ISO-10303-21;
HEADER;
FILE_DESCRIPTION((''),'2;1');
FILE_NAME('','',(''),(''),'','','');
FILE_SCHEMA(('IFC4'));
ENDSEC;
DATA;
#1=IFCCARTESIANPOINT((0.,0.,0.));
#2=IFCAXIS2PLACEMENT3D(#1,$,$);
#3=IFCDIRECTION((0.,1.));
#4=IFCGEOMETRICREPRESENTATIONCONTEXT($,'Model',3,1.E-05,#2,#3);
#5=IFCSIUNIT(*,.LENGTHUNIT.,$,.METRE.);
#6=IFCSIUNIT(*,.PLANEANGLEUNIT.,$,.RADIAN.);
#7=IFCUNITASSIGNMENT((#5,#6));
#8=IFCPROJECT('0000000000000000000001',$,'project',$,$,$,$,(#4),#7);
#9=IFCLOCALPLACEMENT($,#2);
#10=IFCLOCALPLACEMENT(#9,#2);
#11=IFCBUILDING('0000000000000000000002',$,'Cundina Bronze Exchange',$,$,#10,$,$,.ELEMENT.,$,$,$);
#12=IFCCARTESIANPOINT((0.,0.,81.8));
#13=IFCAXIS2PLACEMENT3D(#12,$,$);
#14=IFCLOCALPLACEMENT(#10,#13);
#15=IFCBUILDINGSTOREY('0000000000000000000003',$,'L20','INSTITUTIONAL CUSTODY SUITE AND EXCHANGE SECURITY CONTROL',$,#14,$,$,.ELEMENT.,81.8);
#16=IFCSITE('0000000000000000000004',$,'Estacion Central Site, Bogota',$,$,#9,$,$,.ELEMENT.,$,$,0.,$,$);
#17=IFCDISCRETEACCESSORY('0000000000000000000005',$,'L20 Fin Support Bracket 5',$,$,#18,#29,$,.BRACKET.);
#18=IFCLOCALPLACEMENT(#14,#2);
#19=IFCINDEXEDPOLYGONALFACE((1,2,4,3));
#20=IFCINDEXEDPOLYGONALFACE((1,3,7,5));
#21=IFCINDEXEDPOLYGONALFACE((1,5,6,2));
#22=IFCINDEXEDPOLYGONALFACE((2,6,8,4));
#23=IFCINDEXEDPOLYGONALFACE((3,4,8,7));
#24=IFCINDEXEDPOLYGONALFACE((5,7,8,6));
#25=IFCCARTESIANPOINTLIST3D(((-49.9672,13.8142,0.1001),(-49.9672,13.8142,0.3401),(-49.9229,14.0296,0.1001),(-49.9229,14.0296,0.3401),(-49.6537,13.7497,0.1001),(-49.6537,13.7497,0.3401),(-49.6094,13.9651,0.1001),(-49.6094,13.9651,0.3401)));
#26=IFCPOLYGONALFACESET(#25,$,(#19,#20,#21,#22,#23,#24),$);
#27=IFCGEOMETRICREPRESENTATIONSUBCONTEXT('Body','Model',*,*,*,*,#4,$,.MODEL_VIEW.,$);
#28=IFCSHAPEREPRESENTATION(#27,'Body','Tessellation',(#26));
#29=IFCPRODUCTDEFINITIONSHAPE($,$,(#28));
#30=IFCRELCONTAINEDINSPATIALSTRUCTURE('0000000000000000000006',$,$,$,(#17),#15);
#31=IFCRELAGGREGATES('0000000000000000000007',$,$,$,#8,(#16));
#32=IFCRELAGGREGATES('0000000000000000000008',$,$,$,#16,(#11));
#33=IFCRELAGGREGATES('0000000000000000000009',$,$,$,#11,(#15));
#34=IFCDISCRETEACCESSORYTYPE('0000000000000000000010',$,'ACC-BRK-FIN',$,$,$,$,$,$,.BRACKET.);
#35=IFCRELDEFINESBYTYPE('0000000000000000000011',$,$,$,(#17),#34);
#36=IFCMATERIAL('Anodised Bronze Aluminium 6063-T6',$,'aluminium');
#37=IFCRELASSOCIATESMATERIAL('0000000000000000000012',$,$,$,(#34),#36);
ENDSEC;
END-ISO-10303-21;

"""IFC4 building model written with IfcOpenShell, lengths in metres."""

from ifc_helpers import new_model, si_unit, direction, frame, origin, origin_2d, place, context, subcontext, project, spatial, rectangle, extrude, material, type_object, element, save


model = new_model("IFC4")

# Units and contexts
model_context = context("Model", 3, precision=1e-05, world=origin(), true_north=direction((0.0, 1.0)))
body_context = subcontext(model_context, "Body", "Model", "MODEL_VIEW")
ifc_project = project(units=[si_unit("LENGTHUNIT", "METRE"), si_unit("PLANEANGLEUNIT", "RADIAN")], contexts=[model_context])

# Site, building, storey
site_placement = place(None, origin())
site = spatial("IfcSite", under=ifc_project, at=site_placement, Name="Estacion Central Site, Bogota", CompositionType="ELEMENT", RefElevation=0.0)
building_placement = place(site_placement, origin())
building = spatial("IfcBuilding", under=site, at=building_placement, Name="Cundina Bronze Exchange", CompositionType="ELEMENT")
storey_placement = place(building_placement, frame((0.0, 0.0, 81.8)))
storey = spatial("IfcBuildingStorey", under=building, at=storey_placement, Name="L20", Description="INSTITUTIONAL CUSTODY SUITE AND EXCHANGE SECURITY CONTROL", CompositionType="ELEMENT", Elevation=81.8)

# Shared definitions
ifc_material_1 = material(Name="Anodised Bronze Aluminium 6063-T6", Category="aluminium")

# Discrete accessory
discrete_accessory_type = type_object("IfcDiscreteAccessoryType", Name="ACC-BRK-FIN", PredefinedType="BRACKET", material=ifc_material_1)
discrete_accessory_placement = place(storey_placement, frame((-49.7883, 13.8896, 0.1001), z_axis=(0.0, 0.0, 1.0), x_axis=(-0.20142, -0.979505, 0.0)))
element("IfcDiscreteAccessory", 1, at=discrete_accessory_placement, inside=storey, type_object=discrete_accessory_type, Name="L20 Fin Support Bracket 5", PredefinedType="BRACKET", context=body_context, shape_type="SweptSolid", body=[
    extrude(rectangle(XDim=0.22, YDim=0.3201, at=origin_2d()), origin(), (0.0, 0.0, 1.0), 0.24),
])

save(model, "model.ifc")
